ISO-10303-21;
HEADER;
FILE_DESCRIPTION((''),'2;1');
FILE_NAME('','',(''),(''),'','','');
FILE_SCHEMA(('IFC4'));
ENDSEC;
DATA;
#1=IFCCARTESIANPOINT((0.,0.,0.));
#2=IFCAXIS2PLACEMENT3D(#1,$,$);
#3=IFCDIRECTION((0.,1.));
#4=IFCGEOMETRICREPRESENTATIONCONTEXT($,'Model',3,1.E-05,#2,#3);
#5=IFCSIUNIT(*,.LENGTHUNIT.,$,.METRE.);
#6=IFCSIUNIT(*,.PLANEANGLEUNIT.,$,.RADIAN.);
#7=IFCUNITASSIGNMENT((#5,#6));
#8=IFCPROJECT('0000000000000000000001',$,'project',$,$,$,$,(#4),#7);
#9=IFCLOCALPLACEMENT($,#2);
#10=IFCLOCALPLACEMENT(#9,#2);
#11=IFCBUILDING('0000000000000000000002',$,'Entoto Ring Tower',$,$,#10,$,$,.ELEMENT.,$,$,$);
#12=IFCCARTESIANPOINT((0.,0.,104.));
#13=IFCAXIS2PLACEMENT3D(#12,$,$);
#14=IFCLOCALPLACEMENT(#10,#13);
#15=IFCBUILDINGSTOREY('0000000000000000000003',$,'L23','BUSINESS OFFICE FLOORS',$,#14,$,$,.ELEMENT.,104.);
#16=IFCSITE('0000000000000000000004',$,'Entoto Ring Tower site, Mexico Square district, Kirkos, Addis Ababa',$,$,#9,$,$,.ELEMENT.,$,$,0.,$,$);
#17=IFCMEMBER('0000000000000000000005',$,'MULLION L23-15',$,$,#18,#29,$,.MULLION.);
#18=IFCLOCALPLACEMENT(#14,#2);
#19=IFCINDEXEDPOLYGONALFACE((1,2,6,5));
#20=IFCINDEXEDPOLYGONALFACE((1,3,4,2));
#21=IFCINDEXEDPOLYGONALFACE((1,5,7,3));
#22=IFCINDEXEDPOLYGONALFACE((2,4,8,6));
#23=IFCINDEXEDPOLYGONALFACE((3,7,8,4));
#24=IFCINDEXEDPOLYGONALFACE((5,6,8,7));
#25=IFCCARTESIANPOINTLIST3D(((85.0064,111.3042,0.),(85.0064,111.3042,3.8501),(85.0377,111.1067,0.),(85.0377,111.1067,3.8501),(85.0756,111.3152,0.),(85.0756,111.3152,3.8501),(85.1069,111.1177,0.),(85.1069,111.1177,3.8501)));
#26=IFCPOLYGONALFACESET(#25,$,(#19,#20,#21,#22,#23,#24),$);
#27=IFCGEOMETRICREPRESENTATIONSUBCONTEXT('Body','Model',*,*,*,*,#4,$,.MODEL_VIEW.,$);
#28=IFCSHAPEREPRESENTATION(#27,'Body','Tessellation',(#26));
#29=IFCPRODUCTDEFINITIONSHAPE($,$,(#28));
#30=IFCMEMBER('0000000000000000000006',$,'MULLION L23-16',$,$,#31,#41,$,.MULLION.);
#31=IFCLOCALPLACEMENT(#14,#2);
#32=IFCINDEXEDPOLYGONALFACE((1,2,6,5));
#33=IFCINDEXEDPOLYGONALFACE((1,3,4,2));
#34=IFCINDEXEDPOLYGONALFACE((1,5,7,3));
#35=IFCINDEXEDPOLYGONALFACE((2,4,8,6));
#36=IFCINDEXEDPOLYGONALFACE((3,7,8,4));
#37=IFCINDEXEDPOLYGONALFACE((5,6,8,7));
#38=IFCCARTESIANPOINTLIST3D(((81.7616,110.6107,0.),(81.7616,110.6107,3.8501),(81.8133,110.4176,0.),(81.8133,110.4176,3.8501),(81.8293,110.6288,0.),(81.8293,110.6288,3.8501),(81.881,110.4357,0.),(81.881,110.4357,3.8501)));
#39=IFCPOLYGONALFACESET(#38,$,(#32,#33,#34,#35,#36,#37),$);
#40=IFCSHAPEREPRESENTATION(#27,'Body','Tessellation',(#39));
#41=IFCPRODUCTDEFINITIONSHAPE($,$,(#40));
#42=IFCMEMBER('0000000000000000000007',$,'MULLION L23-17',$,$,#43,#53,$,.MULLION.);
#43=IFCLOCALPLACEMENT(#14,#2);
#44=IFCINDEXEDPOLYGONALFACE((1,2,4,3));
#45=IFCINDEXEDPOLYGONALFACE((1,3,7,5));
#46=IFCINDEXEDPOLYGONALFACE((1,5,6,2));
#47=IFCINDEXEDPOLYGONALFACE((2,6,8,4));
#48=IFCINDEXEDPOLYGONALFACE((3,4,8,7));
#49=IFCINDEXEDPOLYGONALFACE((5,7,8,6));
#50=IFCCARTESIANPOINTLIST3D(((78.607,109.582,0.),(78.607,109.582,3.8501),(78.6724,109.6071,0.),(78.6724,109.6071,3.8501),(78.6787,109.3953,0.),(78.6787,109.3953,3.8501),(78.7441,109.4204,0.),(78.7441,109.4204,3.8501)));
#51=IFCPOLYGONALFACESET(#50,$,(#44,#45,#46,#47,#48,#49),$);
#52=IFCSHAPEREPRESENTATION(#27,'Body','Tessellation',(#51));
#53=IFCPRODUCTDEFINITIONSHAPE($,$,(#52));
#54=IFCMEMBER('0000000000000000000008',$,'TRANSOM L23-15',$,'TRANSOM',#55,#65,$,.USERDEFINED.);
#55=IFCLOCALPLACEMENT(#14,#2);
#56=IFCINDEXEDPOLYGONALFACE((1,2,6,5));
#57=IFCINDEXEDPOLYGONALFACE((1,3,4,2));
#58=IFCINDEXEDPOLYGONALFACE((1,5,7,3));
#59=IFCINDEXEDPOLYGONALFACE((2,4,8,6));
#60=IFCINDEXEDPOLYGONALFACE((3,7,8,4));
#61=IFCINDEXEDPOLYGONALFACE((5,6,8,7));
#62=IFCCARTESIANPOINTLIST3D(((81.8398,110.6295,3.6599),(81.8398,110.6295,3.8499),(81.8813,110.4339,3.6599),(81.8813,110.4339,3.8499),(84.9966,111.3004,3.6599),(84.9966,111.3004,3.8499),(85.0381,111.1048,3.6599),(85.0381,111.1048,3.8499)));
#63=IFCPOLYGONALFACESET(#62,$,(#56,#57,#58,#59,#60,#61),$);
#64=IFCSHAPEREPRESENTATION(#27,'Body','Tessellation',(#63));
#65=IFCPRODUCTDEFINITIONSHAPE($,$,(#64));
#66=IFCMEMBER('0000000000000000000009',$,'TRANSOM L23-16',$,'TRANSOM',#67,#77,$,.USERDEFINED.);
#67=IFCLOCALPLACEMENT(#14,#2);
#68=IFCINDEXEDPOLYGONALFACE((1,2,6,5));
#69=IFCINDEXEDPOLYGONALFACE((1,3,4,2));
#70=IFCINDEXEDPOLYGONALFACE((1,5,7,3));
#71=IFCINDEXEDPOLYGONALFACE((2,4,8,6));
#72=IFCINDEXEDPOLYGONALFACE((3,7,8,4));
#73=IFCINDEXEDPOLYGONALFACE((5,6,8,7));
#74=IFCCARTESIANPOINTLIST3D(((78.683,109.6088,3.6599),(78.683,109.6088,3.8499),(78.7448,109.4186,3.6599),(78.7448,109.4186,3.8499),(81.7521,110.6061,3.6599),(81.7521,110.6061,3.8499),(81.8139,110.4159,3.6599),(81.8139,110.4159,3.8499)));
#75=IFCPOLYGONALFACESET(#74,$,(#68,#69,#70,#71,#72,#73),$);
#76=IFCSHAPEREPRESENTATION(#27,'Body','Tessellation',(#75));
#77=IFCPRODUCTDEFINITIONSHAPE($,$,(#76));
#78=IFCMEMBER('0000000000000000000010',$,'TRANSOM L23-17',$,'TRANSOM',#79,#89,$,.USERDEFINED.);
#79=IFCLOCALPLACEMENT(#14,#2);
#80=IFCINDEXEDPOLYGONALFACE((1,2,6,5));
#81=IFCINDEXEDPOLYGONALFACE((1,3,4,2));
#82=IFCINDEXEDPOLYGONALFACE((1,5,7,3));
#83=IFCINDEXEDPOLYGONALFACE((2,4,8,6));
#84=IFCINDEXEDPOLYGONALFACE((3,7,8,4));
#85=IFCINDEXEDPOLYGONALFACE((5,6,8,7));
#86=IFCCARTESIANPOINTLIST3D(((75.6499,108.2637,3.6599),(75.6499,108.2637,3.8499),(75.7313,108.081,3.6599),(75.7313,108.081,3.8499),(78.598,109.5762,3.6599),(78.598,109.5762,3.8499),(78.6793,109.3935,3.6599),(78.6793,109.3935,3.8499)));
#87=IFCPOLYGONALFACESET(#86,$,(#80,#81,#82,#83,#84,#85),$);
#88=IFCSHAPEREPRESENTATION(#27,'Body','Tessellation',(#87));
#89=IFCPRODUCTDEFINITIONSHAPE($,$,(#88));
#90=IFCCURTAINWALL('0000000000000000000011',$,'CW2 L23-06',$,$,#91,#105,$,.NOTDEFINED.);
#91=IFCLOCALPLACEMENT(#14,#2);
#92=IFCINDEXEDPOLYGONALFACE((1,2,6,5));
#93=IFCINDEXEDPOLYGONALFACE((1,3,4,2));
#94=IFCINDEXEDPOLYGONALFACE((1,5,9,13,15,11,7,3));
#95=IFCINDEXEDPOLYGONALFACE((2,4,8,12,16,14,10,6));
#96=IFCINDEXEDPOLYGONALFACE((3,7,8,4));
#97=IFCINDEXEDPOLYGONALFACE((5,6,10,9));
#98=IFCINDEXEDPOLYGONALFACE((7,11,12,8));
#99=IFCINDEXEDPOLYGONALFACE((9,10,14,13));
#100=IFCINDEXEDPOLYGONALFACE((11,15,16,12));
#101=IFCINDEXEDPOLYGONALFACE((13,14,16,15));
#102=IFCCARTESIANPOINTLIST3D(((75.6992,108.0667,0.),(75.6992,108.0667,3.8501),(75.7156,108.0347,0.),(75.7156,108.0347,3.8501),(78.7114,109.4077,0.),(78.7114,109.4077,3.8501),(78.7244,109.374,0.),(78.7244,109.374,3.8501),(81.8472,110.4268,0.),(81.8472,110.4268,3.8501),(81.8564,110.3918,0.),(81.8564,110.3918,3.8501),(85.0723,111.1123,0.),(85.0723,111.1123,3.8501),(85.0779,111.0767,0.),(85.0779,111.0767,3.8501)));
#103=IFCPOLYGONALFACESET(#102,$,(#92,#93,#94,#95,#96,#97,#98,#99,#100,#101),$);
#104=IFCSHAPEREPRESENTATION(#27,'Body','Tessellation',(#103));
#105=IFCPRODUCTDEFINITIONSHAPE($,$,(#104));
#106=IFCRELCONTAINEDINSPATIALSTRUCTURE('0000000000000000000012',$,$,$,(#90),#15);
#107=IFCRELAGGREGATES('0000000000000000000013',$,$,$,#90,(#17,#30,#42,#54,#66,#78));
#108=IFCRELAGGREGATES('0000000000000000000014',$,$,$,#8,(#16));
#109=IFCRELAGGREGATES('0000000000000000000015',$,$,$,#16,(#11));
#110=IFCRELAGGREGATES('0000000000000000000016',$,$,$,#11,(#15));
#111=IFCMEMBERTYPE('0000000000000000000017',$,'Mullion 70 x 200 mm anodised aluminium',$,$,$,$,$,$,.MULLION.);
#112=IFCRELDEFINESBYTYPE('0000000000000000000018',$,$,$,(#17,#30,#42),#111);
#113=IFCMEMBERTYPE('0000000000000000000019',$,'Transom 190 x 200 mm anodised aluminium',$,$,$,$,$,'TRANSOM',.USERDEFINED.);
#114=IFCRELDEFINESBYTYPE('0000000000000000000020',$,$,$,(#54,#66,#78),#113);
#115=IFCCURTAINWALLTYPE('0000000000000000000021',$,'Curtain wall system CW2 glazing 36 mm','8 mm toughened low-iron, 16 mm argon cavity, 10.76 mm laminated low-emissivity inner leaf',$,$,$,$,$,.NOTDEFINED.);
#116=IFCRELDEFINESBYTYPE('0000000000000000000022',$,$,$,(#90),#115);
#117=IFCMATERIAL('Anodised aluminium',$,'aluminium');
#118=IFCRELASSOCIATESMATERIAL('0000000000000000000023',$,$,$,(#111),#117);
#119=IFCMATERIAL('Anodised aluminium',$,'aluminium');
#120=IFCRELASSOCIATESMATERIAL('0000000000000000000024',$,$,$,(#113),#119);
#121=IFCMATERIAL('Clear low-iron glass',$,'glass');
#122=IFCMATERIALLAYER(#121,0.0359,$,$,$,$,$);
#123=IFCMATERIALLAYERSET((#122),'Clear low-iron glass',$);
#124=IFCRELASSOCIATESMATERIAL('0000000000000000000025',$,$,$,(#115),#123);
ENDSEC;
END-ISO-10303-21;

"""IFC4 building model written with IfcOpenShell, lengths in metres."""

from ifc_helpers import new_model, si_unit, direction, frame, origin, origin_2d, place, context, subcontext, project, spatial, polyline, rectangle, outline, extrude, material, layer, layer_set, material_profile, profile_set, type_object, element, aggregate, save


model = new_model("IFC4")

# Units and contexts
model_context = context("Model", 3, precision=1e-05, world=origin(), true_north=direction((0.0, 1.0)))
body_context = subcontext(model_context, "Body", "Model", "MODEL_VIEW")
ifc_project = project(units=[si_unit("LENGTHUNIT", "METRE"), si_unit("PLANEANGLEUNIT", "RADIAN")], contexts=[model_context])

# Members
ifc_material_1 = material(Name="Anodised aluminium", Category="aluminium")
ifc_material_profile_1 = material_profile(ifc_material_1, rectangle(XDim=0.0701, YDim=0.2, at=origin_2d()), Name="Mullion 70 x 200 mm anodised aluminium")
ifc_profile_set_1 = profile_set([ifc_material_profile_1], Name="Anodised aluminium")
member_type_1 = type_object("IfcMemberType", Name="Mullion 70 x 200 mm anodised aluminium", PredefinedType="MULLION", material=ifc_profile_set_1)
site_placement = place(None, origin())
building_placement = place(site_placement, origin())
storey_placement = place(building_placement, frame((0.0, 0.0, 104.0)))
member_1_placement = place(storey_placement, frame((85.0566, 111.2109, 0.0), z_axis=(0.0, 0.0, 1.0), x_axis=(-0.987688, -0.156434, 0.0)))
member_1 = element("IfcMember", 1, at=member_1_placement, type_object=member_type_1, Name="MULLION L23-15", PredefinedType="MULLION", context=body_context, shape_type="SweptSolid", body=[
    extrude(rectangle(XDim=0.0701, YDim=0.2, at=origin_2d()), origin(), (0.0, 0.0, 1.0), 3.8501),
])
member_2_placement = place(storey_placement, frame((81.8213, 110.5232, 0.0), z_axis=(0.0, 0.0, 1.0), x_axis=(-0.965926, -0.258819, 0.0)))
member_2 = element("IfcMember", 2, at=member_2_placement, type_object=member_type_1, Name="MULLION L23-16", PredefinedType="MULLION", context=body_context, shape_type="SweptSolid", body=[
    extrude(rectangle(XDim=0.0701, YDim=0.2, at=origin_2d()), origin(), (0.0, 0.0, 1.0), 3.8501),
])
member_3_placement = place(storey_placement, frame((78.6755, 109.5012, 0.0), z_axis=(0.0, 0.0, 1.0), x_axis=(-0.93358, -0.358368, 0.0)))
member_3 = element("IfcMember", 3, at=member_3_placement, type_object=member_type_1, Name="MULLION L23-17", PredefinedType="MULLION", context=body_context, shape_type="SweptSolid", body=[
    extrude(rectangle(XDim=0.0701, YDim=0.2, at=origin_2d()), origin(), (0.0, 0.0, 1.0), 3.8501),
])
ifc_material_2 = material(Name="Anodised aluminium", Category="aluminium")
ifc_material_profile_2 = material_profile(ifc_material_2, rectangle(XDim=0.2, YDim=0.1899, at=origin_2d()), Name="Transom 190 x 200 mm anodised aluminium")
ifc_profile_set_2 = profile_set([ifc_material_profile_2], Name="Anodised aluminium")
member_type_2 = type_object("IfcMemberType", Name="Transom 190 x 200 mm anodised aluminium", ElementType="TRANSOM", PredefinedType="USERDEFINED", material=ifc_profile_set_2)
member_4_placement = place(storey_placement, frame((85.0173, 111.2026, 3.7549), z_axis=(-0.978153, -0.207886, 0.0), x_axis=(0.207886, -0.978153, 0.0)))
member_4 = element("IfcMember", 4, at=member_4_placement, type_object=member_type_2, Name="TRANSOM L23-15", ObjectType="TRANSOM", PredefinedType="USERDEFINED", context=body_context, shape_type="SweptSolid", body=[
    extrude(rectangle(XDim=0.2, YDim=0.1899, at=origin_2d()), origin(), (0.0, 0.0, 1.0), 3.2273),
])
member_5_placement = place(storey_placement, frame((81.783, 110.511, 3.7549), z_axis=(-0.951047, -0.309047, 0.0), x_axis=(0.309047, -0.951047, 0.0)))
member_5 = element("IfcMember", 5, at=member_5_placement, type_object=member_type_2, Name="TRANSOM L23-16", ObjectType="TRANSOM", PredefinedType="USERDEFINED", context=body_context, shape_type="SweptSolid", body=[
    extrude(rectangle(XDim=0.2, YDim=0.1899, at=origin_2d()), origin(), (0.0, 0.0, 1.0), 3.2271),
])
member_6_placement = place(storey_placement, frame((78.6387, 109.4849, 3.7549), z_axis=(-0.913549, -0.406728, 0.0), x_axis=(0.406728, -0.913549, 0.0)))
member_6 = element("IfcMember", 6, at=member_6_placement, type_object=member_type_2, Name="TRANSOM L23-17", ObjectType="TRANSOM", PredefinedType="USERDEFINED", context=body_context, shape_type="SweptSolid", body=[
    extrude(rectangle(XDim=0.2, YDim=0.1899, at=origin_2d()), origin(), (0.0, 0.0, 1.0), 3.2271),
])

# Site, building, storey
site = spatial("IfcSite", under=ifc_project, at=site_placement, Name="Entoto Ring Tower site, Mexico Square district, Kirkos, Addis Ababa", CompositionType="ELEMENT", RefElevation=0.0)
building = spatial("IfcBuilding", under=site, at=building_placement, Name="Entoto Ring Tower", CompositionType="ELEMENT")
storey = spatial("IfcBuildingStorey", under=building, at=storey_placement, Name="L23", Description="BUSINESS OFFICE FLOORS", CompositionType="ELEMENT", Elevation=104.0)

# Curtain wall
ifc_material_3 = material(Name="Clear low-iron glass", Category="glass")
ifc_layer = layer(ifc_material_3, 0.0359)
ifc_layer_set = layer_set([ifc_layer], Name="Clear low-iron glass")
curtain_wall_type = type_object("IfcCurtainWallType", Name="Curtain wall system CW2 glazing 36 mm", Description="8 mm toughened low-iron, 16 mm argon cavity, 10.76 mm laminated low-emissivity inner leaf", PredefinedType="NOTDEFINED", material=ifc_layer_set)
curtain_wall_1_placement = place(storey_placement, origin())
curtain_wall_1 = element("IfcCurtainWall", 7, at=curtain_wall_1_placement, inside=storey, type_object=curtain_wall_type, Name="CW2 L23-06", PredefinedType="NOTDEFINED", context=body_context, shape_type="SweptSolid", body=[
    extrude(outline(polyline([(85.0723, 111.1123), (81.8472, 110.4268), (78.7114, 109.4077), (75.6992, 108.0667), (75.7156, 108.0347), (78.7244, 109.374), (81.8564, 110.3918), (85.0779, 111.0767), (85.0723, 111.1123)])), origin(), (0.0, 0.0, 1.0), 3.8501),
])
aggregate(curtain_wall_1, [member_1, member_2, member_3, member_4, member_5, member_6])

save(model, "model.ifc")
